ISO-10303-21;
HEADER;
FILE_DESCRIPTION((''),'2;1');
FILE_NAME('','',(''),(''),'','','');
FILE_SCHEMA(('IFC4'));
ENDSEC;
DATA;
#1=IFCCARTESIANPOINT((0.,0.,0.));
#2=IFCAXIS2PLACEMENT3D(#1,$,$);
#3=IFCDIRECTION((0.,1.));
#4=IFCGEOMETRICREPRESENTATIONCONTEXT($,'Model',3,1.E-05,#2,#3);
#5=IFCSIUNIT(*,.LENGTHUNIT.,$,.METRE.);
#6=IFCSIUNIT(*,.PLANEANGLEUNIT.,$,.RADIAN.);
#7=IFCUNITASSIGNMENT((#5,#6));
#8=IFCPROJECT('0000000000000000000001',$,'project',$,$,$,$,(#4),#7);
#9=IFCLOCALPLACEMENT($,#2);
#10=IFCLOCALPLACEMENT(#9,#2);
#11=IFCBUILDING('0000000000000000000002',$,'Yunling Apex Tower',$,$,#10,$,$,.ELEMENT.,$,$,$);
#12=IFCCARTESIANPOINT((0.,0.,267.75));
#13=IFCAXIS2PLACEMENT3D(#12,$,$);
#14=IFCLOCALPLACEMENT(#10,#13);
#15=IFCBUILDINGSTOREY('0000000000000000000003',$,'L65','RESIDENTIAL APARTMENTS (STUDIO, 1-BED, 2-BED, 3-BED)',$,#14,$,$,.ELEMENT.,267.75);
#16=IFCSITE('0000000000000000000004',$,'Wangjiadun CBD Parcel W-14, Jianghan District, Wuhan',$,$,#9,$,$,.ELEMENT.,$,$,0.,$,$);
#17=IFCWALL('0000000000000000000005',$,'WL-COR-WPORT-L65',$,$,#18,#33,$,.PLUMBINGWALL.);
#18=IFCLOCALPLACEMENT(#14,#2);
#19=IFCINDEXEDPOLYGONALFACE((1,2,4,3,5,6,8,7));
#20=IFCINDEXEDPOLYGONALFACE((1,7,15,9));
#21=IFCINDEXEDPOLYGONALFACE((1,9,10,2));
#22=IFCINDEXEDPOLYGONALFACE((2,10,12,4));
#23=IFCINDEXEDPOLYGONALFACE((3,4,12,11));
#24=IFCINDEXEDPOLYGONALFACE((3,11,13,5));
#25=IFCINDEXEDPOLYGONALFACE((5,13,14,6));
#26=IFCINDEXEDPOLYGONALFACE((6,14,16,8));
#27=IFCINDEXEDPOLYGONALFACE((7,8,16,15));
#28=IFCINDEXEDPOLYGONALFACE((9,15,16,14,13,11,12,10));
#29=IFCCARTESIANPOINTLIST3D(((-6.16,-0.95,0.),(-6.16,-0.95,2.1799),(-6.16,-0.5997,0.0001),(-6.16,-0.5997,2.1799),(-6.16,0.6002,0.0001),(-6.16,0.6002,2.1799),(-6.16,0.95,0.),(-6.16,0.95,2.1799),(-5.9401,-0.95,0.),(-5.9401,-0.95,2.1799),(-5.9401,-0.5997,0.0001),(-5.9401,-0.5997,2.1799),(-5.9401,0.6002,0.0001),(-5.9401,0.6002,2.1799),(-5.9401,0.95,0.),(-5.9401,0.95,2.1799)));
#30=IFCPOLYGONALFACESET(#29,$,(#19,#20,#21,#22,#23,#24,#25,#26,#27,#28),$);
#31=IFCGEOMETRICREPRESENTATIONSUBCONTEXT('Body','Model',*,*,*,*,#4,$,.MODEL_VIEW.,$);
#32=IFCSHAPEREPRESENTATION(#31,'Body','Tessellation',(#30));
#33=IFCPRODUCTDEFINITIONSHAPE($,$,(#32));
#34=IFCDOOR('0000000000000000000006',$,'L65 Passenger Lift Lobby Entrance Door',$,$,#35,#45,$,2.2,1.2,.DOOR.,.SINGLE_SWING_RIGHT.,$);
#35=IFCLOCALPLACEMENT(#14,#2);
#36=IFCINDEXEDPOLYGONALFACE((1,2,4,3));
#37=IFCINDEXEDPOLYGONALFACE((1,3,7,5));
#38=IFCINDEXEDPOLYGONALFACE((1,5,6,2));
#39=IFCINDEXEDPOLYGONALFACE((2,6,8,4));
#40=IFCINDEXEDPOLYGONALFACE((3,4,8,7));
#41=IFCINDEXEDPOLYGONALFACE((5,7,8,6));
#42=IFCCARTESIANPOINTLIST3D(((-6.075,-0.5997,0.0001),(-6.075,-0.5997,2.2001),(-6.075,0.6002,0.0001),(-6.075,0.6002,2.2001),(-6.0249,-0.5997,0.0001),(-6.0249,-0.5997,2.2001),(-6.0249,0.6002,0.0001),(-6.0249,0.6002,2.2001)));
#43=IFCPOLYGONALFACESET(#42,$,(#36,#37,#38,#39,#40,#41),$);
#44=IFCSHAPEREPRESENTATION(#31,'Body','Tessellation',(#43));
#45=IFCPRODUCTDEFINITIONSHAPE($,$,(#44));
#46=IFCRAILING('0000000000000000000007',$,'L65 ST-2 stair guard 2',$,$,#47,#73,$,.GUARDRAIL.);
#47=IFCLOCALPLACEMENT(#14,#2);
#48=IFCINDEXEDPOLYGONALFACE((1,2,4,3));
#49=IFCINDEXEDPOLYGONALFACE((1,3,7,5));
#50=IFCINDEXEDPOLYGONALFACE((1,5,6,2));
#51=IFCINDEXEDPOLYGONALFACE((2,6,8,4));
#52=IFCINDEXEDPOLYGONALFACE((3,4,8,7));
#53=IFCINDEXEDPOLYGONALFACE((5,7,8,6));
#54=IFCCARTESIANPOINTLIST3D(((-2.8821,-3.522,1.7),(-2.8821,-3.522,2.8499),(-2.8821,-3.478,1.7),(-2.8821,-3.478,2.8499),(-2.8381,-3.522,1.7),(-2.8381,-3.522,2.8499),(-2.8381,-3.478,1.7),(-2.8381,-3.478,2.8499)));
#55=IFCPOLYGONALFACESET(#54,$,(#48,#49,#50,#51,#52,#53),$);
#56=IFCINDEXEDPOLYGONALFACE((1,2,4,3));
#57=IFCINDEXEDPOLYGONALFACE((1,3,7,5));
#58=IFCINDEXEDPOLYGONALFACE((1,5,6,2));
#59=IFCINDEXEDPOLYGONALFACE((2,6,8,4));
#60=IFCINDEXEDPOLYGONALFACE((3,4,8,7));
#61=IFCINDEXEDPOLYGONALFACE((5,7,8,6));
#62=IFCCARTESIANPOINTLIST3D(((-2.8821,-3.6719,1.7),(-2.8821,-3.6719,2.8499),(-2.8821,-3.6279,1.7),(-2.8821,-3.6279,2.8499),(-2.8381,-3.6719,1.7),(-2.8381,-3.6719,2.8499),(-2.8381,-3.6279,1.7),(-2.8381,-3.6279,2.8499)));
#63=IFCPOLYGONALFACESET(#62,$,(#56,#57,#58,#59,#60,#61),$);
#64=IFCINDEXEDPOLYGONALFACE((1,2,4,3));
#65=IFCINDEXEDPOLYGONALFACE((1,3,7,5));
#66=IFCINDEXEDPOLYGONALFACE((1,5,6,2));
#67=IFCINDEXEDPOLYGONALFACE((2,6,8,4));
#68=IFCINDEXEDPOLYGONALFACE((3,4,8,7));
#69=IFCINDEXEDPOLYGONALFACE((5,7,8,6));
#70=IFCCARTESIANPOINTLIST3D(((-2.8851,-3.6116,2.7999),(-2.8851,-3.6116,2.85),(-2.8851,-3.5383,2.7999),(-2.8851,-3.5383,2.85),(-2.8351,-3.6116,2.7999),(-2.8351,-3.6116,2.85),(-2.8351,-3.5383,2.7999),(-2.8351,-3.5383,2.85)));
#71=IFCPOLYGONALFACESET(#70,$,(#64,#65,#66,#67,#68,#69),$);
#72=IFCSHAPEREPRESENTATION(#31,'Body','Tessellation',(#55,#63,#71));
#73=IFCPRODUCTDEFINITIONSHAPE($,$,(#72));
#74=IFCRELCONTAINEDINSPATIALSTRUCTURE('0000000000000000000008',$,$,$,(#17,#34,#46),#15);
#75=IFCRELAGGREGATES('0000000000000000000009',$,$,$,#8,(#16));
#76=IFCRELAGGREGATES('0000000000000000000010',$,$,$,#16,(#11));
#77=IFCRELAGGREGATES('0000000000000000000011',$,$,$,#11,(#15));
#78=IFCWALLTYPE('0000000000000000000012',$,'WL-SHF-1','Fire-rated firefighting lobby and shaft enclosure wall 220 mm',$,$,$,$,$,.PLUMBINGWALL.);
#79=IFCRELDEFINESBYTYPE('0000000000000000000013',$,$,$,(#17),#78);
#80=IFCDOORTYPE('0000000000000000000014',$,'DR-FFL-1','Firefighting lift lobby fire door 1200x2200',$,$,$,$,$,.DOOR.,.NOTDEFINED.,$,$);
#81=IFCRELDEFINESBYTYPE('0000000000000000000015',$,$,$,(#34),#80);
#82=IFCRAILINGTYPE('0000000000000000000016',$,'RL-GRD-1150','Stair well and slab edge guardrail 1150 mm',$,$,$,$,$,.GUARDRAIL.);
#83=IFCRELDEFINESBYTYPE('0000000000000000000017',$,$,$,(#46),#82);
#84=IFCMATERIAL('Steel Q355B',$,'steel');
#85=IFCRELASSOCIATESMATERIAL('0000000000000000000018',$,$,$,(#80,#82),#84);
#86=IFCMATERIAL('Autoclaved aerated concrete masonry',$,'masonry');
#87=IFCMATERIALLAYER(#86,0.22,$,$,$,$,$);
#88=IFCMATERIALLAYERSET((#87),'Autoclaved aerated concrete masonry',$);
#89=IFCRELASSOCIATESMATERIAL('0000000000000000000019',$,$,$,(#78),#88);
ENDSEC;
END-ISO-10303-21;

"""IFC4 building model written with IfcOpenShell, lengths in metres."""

from ifc_helpers import new_model, si_unit, direction, frame, frame_2d, origin, origin_2d, place, context, subcontext, project, spatial, rectangle, extrude, material, layer, layer_set, type_object, element, fill, save


model = new_model("IFC4")

# Units and contexts
model_context = context("Model", 3, precision=1e-05, world=origin(), true_north=direction((0.0, 1.0)))
body_context = subcontext(model_context, "Body", "Model", "MODEL_VIEW")
ifc_project = project(units=[si_unit("LENGTHUNIT", "METRE"), si_unit("PLANEANGLEUNIT", "RADIAN")], contexts=[model_context])

# Site, building, storey
site_placement = place(None, origin())
site = spatial("IfcSite", under=ifc_project, at=site_placement, Name="Wangjiadun CBD Parcel W-14, Jianghan District, Wuhan", CompositionType="ELEMENT", RefElevation=0.0)
building_placement = place(site_placement, origin())
building = spatial("IfcBuilding", under=site, at=building_placement, Name="Yunling Apex Tower", CompositionType="ELEMENT")
storey_placement = place(building_placement, frame((0.0, 0.0, 267.75)))
storey = spatial("IfcBuildingStorey", under=building, at=storey_placement, Name="L65", Description="RESIDENTIAL APARTMENTS (STUDIO, 1-BED, 2-BED, 3-BED)", CompositionType="ELEMENT", Elevation=267.75)

# Shared definitions
ifc_material_1 = material(Name="Steel Q355B", Category="steel")

# Shared definitions
door_type_1 = type_object("IfcDoorType", Name="DR-FFL-1", Description="Firefighting lift lobby fire door 1200x2200", OperationType="NOTDEFINED", PredefinedType="DOOR", material=ifc_material_1)

# Wall, opening, door
ifc_material_2 = material(Name="Autoclaved aerated concrete masonry", Category="masonry")
ifc_layer_1 = layer(ifc_material_2, 0.22)
ifc_layer_set_1 = layer_set([ifc_layer_1], Name="Autoclaved aerated concrete masonry")
wall_type_1 = type_object("IfcWallType", Name="WL-SHF-1", Description="Fire-rated firefighting lobby and shaft enclosure wall 220 mm", PredefinedType="PLUMBINGWALL", material=ifc_layer_set_1)
wall_1_placement = place(storey_placement, frame((-6.05, -0.95, 0.0), z_axis=(0.0, 0.0, 1.0), x_axis=(0.0, 1.0, 0.0)))
wall_1 = element("IfcWall", 1, at=wall_1_placement, inside=storey, type_object=wall_type_1, Name="WL-COR-WPORT-L65", PredefinedType="PLUMBINGWALL", context=body_context, shape_type="SweptSolid", body=[
    extrude(rectangle(XDim=1.8999, YDim=0.22, at=frame_2d((0.95, 0.0))), origin(), (0.0, 0.0, 1.0), 2.1799),
])
opening_1_placement = place(wall_1_placement, frame((0.3501, 0.0, 0.0)))
opening_1 = element("IfcOpeningElement", 2, at=opening_1_placement, cuts=wall_1, PredefinedType="OPENING", context=body_context, shape_type="SweptSolid", body=[
    extrude(rectangle(XDim=1.2, YDim=2.2, at=frame_2d((0.6001, 1.1001))), frame((0.0, 0.1201, 0.0), z_axis=(0.0, -1.0, 0.0), x_axis=(1.0, 0.0, 0.0)), (0.0, 0.0, 1.0), 0.24),
])
door_1_placement = place(opening_1_placement, origin())
door_1 = element("IfcDoor", 3, at=door_1_placement, inside=storey, type_object=door_type_1, Name="L65 Passenger Lift Lobby Entrance Door", OperationType="SINGLE_SWING_RIGHT", OverallHeight=2.2, OverallWidth=1.2, PredefinedType="DOOR", context=body_context, shape_type="SweptSolid", body=[
    extrude(rectangle(XDim=1.2, YDim=2.2, at=frame_2d((0.6001, 1.1001))), frame((0.0, 0.0249, 0.0), z_axis=(0.0, -1.0, 0.0), x_axis=(1.0, 0.0, 0.0)), (0.0, 0.0, 1.0), 0.05),
])
fill(opening_1, door_1)

# Railing
railing_type = type_object("IfcRailingType", Name="RL-GRD-1150", Description="Stair well and slab edge guardrail 1150 mm", PredefinedType="GUARDRAIL", material=ifc_material_1)
railing_placement = place(storey_placement, frame((-2.8601, -3.5, 1.7)))
element("IfcRailing", 4, at=railing_placement, inside=storey, type_object=railing_type, Name="L65 ST-2 stair guard 2", PredefinedType="GUARDRAIL", context=body_context, shape_type="SweptSolid", body=[
    extrude(rectangle(XDim=0.0439, YDim=0.0439, at=origin_2d()), origin(), (0.0, 0.0, 1.0), 1.1499),
    extrude(rectangle(XDim=0.0439, YDim=0.0439, at=origin_2d()), frame((0.0, -0.1499, 0.0)), (0.0, 0.0, 1.0), 1.1499),
    extrude(rectangle(XDim=0.05, YDim=0.05, at=origin_2d()), frame((0.0, -0.0383, 1.125), z_axis=(0.0, -1.0, 0.0), x_axis=(1.0, 0.0, 0.0)), (0.0, 0.0, 1.0), 0.0732),
])

save(model, "model.ifc")
